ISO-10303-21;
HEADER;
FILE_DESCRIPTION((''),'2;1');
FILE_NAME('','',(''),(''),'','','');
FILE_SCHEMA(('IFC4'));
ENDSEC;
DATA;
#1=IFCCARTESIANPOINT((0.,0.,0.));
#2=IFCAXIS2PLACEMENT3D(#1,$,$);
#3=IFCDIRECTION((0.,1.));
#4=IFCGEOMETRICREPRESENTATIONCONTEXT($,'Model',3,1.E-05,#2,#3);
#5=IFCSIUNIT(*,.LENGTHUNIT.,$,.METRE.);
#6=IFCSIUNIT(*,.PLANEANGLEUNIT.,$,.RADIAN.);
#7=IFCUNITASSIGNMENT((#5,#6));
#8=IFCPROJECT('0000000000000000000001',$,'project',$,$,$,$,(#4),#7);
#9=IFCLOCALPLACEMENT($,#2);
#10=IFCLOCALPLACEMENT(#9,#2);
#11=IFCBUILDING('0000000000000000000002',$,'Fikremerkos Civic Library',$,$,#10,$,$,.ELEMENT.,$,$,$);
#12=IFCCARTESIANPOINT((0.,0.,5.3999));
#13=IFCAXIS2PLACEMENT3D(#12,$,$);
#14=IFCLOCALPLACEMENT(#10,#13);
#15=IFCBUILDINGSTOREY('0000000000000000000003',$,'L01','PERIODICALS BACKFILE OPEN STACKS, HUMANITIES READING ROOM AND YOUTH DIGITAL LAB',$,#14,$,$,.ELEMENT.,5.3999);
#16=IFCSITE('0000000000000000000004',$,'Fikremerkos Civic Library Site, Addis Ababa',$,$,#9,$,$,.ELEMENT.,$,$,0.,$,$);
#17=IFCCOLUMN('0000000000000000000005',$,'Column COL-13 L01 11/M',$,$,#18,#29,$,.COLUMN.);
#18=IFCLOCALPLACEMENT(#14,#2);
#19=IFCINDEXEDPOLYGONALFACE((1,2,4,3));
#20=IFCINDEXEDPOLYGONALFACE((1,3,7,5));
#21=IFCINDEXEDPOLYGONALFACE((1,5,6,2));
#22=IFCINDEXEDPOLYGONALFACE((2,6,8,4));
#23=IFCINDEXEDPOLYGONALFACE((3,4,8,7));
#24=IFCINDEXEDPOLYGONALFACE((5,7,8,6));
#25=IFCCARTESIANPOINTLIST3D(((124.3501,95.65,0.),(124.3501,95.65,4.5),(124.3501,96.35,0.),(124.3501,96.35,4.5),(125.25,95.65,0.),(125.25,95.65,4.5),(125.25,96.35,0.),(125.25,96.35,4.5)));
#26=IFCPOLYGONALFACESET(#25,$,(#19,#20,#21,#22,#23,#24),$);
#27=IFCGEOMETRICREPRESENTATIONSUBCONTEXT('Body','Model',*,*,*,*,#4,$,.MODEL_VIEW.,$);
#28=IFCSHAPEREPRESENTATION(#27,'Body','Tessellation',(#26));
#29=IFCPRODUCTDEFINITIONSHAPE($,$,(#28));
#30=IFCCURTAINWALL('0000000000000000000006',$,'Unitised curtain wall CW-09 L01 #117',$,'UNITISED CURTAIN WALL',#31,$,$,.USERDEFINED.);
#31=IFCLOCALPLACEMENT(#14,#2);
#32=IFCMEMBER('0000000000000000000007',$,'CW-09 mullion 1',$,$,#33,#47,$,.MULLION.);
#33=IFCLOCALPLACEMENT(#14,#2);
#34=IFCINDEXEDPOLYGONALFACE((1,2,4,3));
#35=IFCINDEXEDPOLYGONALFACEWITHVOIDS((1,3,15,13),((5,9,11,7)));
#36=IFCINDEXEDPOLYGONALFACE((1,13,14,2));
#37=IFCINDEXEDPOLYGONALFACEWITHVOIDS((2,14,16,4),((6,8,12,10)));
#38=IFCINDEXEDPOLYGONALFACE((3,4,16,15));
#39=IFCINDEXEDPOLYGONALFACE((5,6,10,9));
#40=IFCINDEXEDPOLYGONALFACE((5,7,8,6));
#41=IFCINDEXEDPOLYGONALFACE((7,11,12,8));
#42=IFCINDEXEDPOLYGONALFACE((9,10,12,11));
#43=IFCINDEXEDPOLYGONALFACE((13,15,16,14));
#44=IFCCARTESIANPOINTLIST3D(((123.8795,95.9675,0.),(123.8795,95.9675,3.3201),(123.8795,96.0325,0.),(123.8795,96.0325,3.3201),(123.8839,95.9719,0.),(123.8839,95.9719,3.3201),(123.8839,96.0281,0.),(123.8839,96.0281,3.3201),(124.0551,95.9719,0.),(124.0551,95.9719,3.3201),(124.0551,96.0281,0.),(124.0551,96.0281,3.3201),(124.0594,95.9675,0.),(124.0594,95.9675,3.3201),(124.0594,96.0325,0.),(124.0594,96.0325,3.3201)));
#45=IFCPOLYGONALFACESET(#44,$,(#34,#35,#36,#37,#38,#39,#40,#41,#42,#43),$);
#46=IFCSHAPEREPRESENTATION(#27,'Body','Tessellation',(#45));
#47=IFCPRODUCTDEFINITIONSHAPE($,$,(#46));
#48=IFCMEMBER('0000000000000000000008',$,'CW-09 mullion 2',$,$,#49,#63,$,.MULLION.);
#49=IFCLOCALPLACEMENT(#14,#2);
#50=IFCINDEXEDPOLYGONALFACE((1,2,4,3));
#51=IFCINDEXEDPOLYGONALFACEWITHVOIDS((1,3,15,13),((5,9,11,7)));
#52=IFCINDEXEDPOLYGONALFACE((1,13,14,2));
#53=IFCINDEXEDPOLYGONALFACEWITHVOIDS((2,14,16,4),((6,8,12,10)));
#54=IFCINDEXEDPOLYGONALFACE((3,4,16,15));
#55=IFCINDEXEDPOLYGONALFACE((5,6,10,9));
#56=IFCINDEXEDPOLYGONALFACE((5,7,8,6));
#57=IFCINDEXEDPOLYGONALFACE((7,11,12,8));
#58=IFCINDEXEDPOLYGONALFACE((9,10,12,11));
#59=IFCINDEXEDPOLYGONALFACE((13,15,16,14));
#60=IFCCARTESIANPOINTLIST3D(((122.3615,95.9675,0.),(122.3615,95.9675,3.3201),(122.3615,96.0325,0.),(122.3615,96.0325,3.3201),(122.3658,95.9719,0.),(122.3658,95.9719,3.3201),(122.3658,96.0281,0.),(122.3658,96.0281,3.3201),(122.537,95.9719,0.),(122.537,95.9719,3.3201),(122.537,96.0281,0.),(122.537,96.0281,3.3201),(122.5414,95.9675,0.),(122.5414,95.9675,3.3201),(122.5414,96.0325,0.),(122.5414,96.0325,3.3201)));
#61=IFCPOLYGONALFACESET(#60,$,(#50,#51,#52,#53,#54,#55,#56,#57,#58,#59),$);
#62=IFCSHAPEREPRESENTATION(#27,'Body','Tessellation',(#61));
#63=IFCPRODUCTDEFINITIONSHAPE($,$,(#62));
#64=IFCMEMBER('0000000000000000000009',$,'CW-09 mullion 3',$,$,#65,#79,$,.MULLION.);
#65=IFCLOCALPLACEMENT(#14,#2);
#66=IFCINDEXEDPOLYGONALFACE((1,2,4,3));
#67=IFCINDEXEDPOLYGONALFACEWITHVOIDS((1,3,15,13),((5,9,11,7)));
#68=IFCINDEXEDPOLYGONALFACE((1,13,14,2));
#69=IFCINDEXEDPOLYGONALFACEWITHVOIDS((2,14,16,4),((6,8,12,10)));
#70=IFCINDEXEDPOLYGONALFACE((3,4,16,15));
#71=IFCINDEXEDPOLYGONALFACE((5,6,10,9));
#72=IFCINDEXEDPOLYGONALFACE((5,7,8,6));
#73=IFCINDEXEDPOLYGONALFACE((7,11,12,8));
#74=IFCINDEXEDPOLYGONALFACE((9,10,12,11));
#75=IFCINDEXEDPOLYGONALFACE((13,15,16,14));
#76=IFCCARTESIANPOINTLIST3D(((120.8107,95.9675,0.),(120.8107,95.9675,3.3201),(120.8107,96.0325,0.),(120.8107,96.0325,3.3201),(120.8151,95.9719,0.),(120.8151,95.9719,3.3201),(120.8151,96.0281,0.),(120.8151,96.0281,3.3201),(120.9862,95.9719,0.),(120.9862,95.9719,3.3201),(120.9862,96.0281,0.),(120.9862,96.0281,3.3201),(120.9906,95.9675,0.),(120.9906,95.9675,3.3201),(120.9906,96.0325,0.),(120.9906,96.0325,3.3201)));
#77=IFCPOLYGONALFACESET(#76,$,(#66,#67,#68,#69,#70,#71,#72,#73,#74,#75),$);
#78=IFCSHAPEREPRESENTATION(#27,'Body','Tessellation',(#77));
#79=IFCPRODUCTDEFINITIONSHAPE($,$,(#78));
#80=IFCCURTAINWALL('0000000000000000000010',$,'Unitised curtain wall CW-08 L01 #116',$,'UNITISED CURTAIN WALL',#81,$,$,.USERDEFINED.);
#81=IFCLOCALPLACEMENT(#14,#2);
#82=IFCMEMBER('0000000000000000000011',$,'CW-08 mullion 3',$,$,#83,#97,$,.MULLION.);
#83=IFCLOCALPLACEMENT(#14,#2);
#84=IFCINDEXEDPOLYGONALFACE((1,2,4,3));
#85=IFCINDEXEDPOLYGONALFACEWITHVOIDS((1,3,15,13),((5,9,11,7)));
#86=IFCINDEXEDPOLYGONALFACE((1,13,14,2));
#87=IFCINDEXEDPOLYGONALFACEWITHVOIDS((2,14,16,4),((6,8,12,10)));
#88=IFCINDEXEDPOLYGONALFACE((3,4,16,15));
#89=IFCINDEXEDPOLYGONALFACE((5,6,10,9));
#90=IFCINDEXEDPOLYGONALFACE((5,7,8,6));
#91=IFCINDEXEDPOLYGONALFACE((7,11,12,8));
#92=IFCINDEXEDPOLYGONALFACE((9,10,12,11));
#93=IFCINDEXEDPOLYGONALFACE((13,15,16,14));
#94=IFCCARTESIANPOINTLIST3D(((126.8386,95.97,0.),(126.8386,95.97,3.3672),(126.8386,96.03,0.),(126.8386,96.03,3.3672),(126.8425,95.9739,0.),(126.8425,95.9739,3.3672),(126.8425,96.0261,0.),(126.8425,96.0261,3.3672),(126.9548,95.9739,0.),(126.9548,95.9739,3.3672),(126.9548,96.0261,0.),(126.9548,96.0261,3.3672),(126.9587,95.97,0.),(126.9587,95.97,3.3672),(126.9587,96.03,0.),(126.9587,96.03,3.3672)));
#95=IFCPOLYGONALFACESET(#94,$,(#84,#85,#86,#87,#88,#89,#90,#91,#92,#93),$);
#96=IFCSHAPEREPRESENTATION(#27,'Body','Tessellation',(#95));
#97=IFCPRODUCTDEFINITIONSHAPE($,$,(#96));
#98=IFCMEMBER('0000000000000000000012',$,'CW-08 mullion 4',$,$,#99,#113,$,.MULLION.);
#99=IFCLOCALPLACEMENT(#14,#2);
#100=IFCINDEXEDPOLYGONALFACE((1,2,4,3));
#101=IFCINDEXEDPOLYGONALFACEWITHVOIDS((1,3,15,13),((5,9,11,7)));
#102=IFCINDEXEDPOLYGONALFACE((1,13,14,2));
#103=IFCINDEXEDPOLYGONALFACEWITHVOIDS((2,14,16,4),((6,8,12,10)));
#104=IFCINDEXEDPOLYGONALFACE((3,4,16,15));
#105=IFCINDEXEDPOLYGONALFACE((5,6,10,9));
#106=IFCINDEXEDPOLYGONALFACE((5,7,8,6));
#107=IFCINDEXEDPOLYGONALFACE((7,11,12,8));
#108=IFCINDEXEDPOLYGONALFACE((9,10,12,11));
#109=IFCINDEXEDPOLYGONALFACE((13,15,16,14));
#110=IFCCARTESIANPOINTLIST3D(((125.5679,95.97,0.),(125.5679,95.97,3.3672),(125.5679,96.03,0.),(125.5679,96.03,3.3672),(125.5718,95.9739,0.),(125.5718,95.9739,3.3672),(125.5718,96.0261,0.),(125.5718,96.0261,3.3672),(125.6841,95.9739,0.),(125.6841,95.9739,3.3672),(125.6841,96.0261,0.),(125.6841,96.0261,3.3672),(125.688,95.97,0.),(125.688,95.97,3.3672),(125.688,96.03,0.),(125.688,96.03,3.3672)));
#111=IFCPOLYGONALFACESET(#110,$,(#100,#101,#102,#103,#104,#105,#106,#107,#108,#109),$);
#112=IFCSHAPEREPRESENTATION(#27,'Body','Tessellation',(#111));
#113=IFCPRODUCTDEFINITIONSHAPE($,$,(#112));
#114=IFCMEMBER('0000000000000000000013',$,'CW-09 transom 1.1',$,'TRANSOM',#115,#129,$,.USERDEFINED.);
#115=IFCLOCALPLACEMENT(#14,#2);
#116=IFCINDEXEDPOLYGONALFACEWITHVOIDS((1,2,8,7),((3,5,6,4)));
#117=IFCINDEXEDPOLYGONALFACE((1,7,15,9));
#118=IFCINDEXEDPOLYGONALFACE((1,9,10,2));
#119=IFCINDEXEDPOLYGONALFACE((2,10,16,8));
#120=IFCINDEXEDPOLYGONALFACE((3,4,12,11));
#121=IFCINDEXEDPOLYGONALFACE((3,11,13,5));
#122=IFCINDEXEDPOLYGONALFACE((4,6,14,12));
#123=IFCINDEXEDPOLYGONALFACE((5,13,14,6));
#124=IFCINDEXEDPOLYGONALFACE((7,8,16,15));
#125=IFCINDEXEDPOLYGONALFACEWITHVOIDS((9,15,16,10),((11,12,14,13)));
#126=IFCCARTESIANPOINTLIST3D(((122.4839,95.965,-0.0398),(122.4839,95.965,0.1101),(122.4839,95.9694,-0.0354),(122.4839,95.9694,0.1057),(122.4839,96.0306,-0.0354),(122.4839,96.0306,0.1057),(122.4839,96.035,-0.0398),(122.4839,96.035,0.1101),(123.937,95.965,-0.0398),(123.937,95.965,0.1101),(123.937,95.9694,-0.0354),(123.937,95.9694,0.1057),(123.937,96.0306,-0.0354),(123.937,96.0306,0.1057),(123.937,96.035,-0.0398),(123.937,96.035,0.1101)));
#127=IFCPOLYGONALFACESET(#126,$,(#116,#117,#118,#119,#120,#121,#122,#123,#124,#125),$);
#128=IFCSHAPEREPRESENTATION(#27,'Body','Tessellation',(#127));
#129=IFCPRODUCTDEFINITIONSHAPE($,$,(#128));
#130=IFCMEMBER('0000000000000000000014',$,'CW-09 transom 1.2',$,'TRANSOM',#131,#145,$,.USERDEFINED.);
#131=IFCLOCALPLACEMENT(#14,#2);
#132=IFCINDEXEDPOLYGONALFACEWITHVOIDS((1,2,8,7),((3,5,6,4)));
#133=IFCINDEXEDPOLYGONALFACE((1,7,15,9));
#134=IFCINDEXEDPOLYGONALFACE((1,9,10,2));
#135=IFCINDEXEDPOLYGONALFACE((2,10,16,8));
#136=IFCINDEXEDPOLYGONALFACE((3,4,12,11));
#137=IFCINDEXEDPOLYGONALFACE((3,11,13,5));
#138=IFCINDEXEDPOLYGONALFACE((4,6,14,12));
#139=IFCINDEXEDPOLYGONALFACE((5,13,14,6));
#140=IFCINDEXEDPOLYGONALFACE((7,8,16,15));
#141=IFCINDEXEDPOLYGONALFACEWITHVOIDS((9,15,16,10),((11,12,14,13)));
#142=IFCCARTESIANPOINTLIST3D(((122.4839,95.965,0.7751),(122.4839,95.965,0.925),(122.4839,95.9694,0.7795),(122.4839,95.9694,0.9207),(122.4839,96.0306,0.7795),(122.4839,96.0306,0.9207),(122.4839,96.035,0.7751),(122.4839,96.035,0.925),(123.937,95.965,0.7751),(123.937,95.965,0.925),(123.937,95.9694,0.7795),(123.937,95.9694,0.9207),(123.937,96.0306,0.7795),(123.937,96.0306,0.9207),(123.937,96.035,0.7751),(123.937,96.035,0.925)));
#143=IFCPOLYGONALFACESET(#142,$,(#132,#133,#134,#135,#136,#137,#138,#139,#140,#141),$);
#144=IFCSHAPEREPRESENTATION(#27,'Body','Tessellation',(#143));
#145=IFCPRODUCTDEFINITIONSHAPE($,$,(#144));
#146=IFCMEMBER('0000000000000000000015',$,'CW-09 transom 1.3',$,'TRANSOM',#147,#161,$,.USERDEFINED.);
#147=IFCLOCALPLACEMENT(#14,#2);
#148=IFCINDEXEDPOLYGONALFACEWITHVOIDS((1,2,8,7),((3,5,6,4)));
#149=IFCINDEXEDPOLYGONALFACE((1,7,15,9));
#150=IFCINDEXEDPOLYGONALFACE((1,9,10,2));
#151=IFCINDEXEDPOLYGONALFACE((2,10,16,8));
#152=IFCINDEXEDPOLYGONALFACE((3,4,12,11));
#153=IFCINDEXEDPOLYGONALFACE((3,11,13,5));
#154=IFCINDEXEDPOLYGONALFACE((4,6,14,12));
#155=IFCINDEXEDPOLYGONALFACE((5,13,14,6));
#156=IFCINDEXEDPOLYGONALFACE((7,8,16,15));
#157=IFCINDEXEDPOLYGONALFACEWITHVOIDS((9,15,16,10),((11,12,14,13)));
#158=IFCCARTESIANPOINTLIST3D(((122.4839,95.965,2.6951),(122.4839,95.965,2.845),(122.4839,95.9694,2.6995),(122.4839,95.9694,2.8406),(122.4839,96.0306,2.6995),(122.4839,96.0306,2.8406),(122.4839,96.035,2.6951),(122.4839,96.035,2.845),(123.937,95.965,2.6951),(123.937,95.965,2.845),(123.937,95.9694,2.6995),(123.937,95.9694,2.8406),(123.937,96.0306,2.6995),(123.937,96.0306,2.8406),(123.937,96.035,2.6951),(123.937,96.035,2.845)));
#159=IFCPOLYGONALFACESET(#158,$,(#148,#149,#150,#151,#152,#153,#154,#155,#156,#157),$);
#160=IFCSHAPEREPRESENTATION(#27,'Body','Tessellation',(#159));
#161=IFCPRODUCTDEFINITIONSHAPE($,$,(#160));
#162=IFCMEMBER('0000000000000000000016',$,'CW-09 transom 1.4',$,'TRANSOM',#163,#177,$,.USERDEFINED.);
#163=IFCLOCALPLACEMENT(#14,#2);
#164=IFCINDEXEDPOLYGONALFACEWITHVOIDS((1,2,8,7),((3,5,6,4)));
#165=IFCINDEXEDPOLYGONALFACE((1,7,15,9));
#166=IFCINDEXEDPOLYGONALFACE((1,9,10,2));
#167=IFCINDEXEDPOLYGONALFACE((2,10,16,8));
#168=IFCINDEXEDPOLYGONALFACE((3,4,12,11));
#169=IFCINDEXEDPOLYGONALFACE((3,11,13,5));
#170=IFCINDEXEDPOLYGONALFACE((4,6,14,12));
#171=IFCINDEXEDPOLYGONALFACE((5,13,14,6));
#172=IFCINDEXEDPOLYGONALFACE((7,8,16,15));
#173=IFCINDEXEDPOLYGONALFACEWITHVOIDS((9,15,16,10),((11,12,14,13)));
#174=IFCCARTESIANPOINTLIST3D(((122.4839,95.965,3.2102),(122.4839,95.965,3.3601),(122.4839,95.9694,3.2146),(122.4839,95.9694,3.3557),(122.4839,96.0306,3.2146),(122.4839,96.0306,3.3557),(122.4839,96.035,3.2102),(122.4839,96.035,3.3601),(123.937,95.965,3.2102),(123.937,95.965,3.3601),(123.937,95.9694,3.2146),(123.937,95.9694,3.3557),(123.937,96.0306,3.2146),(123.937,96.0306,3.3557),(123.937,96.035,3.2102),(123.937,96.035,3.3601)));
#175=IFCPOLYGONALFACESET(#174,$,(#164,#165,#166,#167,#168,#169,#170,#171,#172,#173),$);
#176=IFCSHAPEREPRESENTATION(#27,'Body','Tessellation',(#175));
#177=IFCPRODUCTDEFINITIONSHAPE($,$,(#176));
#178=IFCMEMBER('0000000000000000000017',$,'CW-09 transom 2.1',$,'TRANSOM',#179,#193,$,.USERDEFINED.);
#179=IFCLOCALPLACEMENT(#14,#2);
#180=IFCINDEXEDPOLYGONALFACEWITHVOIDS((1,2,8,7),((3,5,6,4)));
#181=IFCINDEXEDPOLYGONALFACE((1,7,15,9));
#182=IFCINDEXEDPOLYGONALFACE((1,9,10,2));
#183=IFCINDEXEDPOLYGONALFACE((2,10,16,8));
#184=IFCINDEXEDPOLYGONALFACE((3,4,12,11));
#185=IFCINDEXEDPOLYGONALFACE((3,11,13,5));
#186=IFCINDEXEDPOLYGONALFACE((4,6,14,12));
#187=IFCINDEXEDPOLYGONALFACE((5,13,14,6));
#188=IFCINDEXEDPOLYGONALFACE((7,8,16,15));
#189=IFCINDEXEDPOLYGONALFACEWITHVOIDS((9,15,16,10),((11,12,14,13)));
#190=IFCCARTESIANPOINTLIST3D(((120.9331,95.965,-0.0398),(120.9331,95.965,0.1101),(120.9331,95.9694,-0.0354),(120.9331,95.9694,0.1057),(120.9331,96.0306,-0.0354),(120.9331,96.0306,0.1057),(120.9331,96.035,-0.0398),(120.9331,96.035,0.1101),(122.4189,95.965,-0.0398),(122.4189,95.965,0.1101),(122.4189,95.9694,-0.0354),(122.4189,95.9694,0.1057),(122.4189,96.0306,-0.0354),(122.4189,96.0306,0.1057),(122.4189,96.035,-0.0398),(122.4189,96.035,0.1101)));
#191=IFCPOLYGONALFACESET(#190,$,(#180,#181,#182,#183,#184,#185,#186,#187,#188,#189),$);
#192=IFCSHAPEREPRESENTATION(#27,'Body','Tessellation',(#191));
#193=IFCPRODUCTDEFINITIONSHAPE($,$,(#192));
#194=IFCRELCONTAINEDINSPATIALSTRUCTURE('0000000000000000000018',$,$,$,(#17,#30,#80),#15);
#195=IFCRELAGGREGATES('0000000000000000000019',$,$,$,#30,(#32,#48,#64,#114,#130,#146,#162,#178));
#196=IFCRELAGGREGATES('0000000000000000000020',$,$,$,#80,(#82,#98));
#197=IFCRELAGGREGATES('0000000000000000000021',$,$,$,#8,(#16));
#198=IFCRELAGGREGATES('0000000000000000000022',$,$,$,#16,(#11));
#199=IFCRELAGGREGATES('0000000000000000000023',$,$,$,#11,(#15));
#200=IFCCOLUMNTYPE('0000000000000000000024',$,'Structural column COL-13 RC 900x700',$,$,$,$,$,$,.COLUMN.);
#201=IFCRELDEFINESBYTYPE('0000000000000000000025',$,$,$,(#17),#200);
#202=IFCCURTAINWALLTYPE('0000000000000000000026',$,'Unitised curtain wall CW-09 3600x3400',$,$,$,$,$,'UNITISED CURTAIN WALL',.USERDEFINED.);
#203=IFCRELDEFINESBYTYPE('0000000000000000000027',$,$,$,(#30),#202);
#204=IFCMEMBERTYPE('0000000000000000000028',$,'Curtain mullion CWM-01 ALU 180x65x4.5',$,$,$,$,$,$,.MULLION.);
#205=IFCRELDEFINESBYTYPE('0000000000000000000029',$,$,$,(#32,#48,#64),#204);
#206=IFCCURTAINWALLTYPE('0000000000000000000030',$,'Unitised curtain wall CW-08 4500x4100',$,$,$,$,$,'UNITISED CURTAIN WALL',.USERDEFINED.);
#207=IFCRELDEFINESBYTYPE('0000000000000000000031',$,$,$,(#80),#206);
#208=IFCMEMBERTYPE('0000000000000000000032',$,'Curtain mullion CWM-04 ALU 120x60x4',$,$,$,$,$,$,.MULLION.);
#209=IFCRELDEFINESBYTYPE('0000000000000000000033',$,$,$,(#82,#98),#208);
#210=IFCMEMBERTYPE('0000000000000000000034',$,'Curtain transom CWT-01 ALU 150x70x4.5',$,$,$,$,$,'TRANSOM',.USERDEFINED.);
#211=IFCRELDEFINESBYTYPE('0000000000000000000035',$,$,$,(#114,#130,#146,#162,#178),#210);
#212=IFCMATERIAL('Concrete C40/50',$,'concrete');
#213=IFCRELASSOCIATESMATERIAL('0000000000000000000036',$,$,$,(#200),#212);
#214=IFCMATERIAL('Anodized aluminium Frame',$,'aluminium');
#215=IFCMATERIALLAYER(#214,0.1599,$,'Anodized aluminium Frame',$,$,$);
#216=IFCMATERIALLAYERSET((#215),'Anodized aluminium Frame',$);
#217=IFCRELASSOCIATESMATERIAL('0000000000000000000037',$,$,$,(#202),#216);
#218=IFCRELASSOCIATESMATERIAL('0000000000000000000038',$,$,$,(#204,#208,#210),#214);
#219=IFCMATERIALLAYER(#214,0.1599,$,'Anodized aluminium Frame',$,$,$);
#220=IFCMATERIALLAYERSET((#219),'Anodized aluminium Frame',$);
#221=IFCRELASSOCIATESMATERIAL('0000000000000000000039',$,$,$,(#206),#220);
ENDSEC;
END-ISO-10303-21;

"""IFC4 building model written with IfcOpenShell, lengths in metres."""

from ifc_helpers import new_model, si_unit, direction, frame, origin, origin_2d, place, context, subcontext, project, spatial, rectangle, hollow_rectangle, extrude, material, layer, layer_set, material_profile, profile_set, type_object, element, aggregate, save


model = new_model("IFC4")

# Units and contexts
model_context = context("Model", 3, precision=1e-05, world=origin(), true_north=direction((0.0, 1.0)))
body_context = subcontext(model_context, "Body", "Model", "MODEL_VIEW")
ifc_project = project(units=[si_unit("LENGTHUNIT", "METRE"), si_unit("PLANEANGLEUNIT", "RADIAN")], contexts=[model_context])

# Site, building, storey
site_placement = place(None, origin())
site = spatial("IfcSite", under=ifc_project, at=site_placement, Name="Fikremerkos Civic Library Site, Addis Ababa", CompositionType="ELEMENT", RefElevation=0.0)
building_placement = place(site_placement, origin())
building = spatial("IfcBuilding", under=site, at=building_placement, Name="Fikremerkos Civic Library", CompositionType="ELEMENT")
storey_placement = place(building_placement, frame((0.0, 0.0, 5.3999)))
storey = spatial("IfcBuildingStorey", under=building, at=storey_placement, Name="L01", Description="PERIODICALS BACKFILE OPEN STACKS, HUMANITIES READING ROOM AND YOUTH DIGITAL LAB", CompositionType="ELEMENT", Elevation=5.3999)

# Column
ifc_material_1 = material(Name="Concrete C40/50", Category="concrete")
ifc_material_profile_1 = material_profile(ifc_material_1, rectangle(XDim=0.8999, YDim=0.7, at=origin_2d()), Name="RC 900x700")
ifc_profile_set_1 = profile_set([ifc_material_profile_1], Name="Concrete C40/50")
column_type = type_object("IfcColumnType", Name="Structural column COL-13 RC 900x700", PredefinedType="COLUMN", material=ifc_profile_set_1)
column_placement = place(storey_placement, frame((124.8, 96.0, 0.0), z_axis=(0.0, 0.0, 1.0), x_axis=(1.0, 0.0, 0.0)))
element("IfcColumn", 1, at=column_placement, inside=storey, type_object=column_type, Name="Column COL-13 L01 11/M", PredefinedType="COLUMN", context=body_context, shape_type="SweptSolid", body=[
    extrude(rectangle(XDim=0.8999, YDim=0.7, at=origin_2d()), origin(), (0.0, 0.0, 1.0), 4.5),
])

# Curtain walls, members
ifc_material_2 = material(Name="Anodized aluminium Frame", Category="aluminium")
ifc_layer_1 = layer(ifc_material_2, 0.1599, Name="Anodized aluminium Frame")
ifc_layer_set_1 = layer_set([ifc_layer_1], Name="Anodized aluminium Frame")
curtain_wall_type_1 = type_object("IfcCurtainWallType", Name="Unitised curtain wall CW-09 3600x3400", ElementType="UNITISED CURTAIN WALL", PredefinedType="USERDEFINED", material=ifc_layer_set_1)
curtain_wall_1_placement = place(storey_placement, origin())
curtain_wall_1 = element("IfcCurtainWall", 2, at=curtain_wall_1_placement, inside=storey, type_object=curtain_wall_type_1, Name="Unitised curtain wall CW-09 L01 #117", ObjectType="UNITISED CURTAIN WALL", PredefinedType="USERDEFINED")
ifc_material_profile_2 = material_profile(ifc_material_2, hollow_rectangle(XDim=0.0649, YDim=0.1799, WallThickness=0.0044, at=origin_2d()), Name="ALU 180x65x4.5")
ifc_profile_set_2 = profile_set([ifc_material_profile_2], Name="Anodized aluminium Frame")
member_type_1 = type_object("IfcMemberType", Name="Curtain mullion CWM-01 ALU 180x65x4.5", PredefinedType="MULLION", material=ifc_profile_set_2)
member_1_placement = place(storey_placement, frame((123.9695, 96.0, 0.0), z_axis=(0.0, 0.0, 1.0), x_axis=(0.0, -1.0, 0.0)))
member_1 = element("IfcMember", 3, at=member_1_placement, type_object=member_type_1, Name="CW-09 mullion 1", PredefinedType="MULLION", context=body_context, shape_type="SweptSolid", body=[
    extrude(hollow_rectangle(XDim=0.0649, YDim=0.1799, WallThickness=0.0044, at=origin_2d()), origin(), (0.0, 0.0, 1.0), 3.3201),
])
member_2_placement = place(storey_placement, frame((122.4514, 96.0, 0.0), z_axis=(0.0, 0.0, 1.0), x_axis=(0.0, -1.0, 0.0)))
member_2 = element("IfcMember", 4, at=member_2_placement, type_object=member_type_1, Name="CW-09 mullion 2", PredefinedType="MULLION", context=body_context, shape_type="SweptSolid", body=[
    extrude(hollow_rectangle(XDim=0.0649, YDim=0.1799, WallThickness=0.0044, at=origin_2d()), origin(), (0.0, 0.0, 1.0), 3.3201),
])
member_3_placement = place(storey_placement, frame((120.9006, 96.0, 0.0), z_axis=(0.0, 0.0, 1.0), x_axis=(0.0, -1.0, 0.0)))
member_3 = element("IfcMember", 5, at=member_3_placement, type_object=member_type_1, Name="CW-09 mullion 3", PredefinedType="MULLION", context=body_context, shape_type="SweptSolid", body=[
    extrude(hollow_rectangle(XDim=0.0649, YDim=0.1799, WallThickness=0.0044, at=origin_2d()), origin(), (0.0, 0.0, 1.0), 3.3201),
])
ifc_layer_2 = layer(ifc_material_2, 0.1599, Name="Anodized aluminium Frame")
ifc_layer_set_2 = layer_set([ifc_layer_2], Name="Anodized aluminium Frame")
curtain_wall_type_2 = type_object("IfcCurtainWallType", Name="Unitised curtain wall CW-08 4500x4100", ElementType="UNITISED CURTAIN WALL", PredefinedType="USERDEFINED", material=ifc_layer_set_2)
curtain_wall_2_placement = place(storey_placement, origin())
curtain_wall_2 = element("IfcCurtainWall", 6, at=curtain_wall_2_placement, inside=storey, type_object=curtain_wall_type_2, Name="Unitised curtain wall CW-08 L01 #116", ObjectType="UNITISED CURTAIN WALL", PredefinedType="USERDEFINED")
ifc_material_profile_3 = material_profile(ifc_material_2, hollow_rectangle(XDim=0.0601, YDim=0.1201, WallThickness=0.0039, at=origin_2d()), Name="ALU 120x60x4")
ifc_profile_set_3 = profile_set([ifc_material_profile_3], Name="Anodized aluminium Frame")
member_type_2 = type_object("IfcMemberType", Name="Curtain mullion CWM-04 ALU 120x60x4", PredefinedType="MULLION", material=ifc_profile_set_3)
member_4_placement = place(storey_placement, frame((126.8987, 96.0, 0.0), z_axis=(0.0, 0.0, 1.0), x_axis=(0.0, -1.0, 0.0)))
member_4 = element("IfcMember", 7, at=member_4_placement, type_object=member_type_2, Name="CW-08 mullion 3", PredefinedType="MULLION", context=body_context, shape_type="SweptSolid", body=[
    extrude(hollow_rectangle(XDim=0.0601, YDim=0.1201, WallThickness=0.0039, at=origin_2d()), origin(), (0.0, 0.0, 1.0), 3.3672),
])
member_5_placement = place(storey_placement, frame((125.6279, 96.0, 0.0), z_axis=(0.0, 0.0, 1.0), x_axis=(0.0, -1.0, 0.0)))
member_5 = element("IfcMember", 8, at=member_5_placement, type_object=member_type_2, Name="CW-08 mullion 4", PredefinedType="MULLION", context=body_context, shape_type="SweptSolid", body=[
    extrude(hollow_rectangle(XDim=0.0601, YDim=0.1201, WallThickness=0.0039, at=origin_2d()), origin(), (0.0, 0.0, 1.0), 3.3672),
])

# Members
ifc_material_profile_4 = material_profile(ifc_material_2, hollow_rectangle(XDim=0.0701, YDim=0.1499, WallThickness=0.0044, at=origin_2d()), Name="ALU 150x70x4.5")
ifc_profile_set_4 = profile_set([ifc_material_profile_4], Name="Anodized aluminium Frame")
member_type_3 = type_object("IfcMemberType", Name="Curtain transom CWT-01 ALU 150x70x4.5", ElementType="TRANSOM", PredefinedType="USERDEFINED", material=ifc_profile_set_4)
member_6_placement = place(storey_placement, frame((123.937, 96.0, 0.0352), z_axis=(-1.0, 0.0, 0.0), x_axis=(0.0, -1.0, 0.0)))
member_6 = element("IfcMember", 9, at=member_6_placement, type_object=member_type_3, Name="CW-09 transom 1.1", ObjectType="TRANSOM", PredefinedType="USERDEFINED", context=body_context, shape_type="SweptSolid", body=[
    extrude(hollow_rectangle(XDim=0.0701, YDim=0.1499, WallThickness=0.0044, at=origin_2d()), origin(), (0.0, 0.0, 1.0), 1.4531),
])
member_7_placement = place(storey_placement, frame((123.937, 96.0, 0.8501), z_axis=(-1.0, 0.0, 0.0), x_axis=(0.0, -1.0, 0.0)))
member_7 = element("IfcMember", 10, at=member_7_placement, type_object=member_type_3, Name="CW-09 transom 1.2", ObjectType="TRANSOM", PredefinedType="USERDEFINED", context=body_context, shape_type="SweptSolid", body=[
    extrude(hollow_rectangle(XDim=0.0701, YDim=0.1499, WallThickness=0.0044, at=origin_2d()), origin(), (0.0, 0.0, 1.0), 1.4531),
])
member_8_placement = place(storey_placement, frame((123.937, 96.0, 2.77), z_axis=(-1.0, 0.0, 0.0), x_axis=(0.0, -1.0, 0.0)))
member_8 = element("IfcMember", 11, at=member_8_placement, type_object=member_type_3, Name="CW-09 transom 1.3", ObjectType="TRANSOM", PredefinedType="USERDEFINED", context=body_context, shape_type="SweptSolid", body=[
    extrude(hollow_rectangle(XDim=0.0701, YDim=0.1499, WallThickness=0.0044, at=origin_2d()), origin(), (0.0, 0.0, 1.0), 1.4531),
])
member_9_placement = place(storey_placement, frame((123.937, 96.0, 3.2852), z_axis=(-1.0, 0.0, 0.0), x_axis=(0.0, -1.0, 0.0)))
member_9 = element("IfcMember", 12, at=member_9_placement, type_object=member_type_3, Name="CW-09 transom 1.4", ObjectType="TRANSOM", PredefinedType="USERDEFINED", context=body_context, shape_type="SweptSolid", body=[
    extrude(hollow_rectangle(XDim=0.0701, YDim=0.1499, WallThickness=0.0044, at=origin_2d()), origin(), (0.0, 0.0, 1.0), 1.4531),
])
member_10_placement = place(storey_placement, frame((122.4189, 96.0, 0.0352), z_axis=(-1.0, 0.0, 0.0), x_axis=(0.0, -1.0, 0.0)))
member_10 = element("IfcMember", 13, at=member_10_placement, type_object=member_type_3, Name="CW-09 transom 2.1", ObjectType="TRANSOM", PredefinedType="USERDEFINED", context=body_context, shape_type="SweptSolid", body=[
    extrude(hollow_rectangle(XDim=0.0701, YDim=0.1499, WallThickness=0.0044, at=origin_2d()), origin(), (0.0, 0.0, 1.0), 1.4858),
])

aggregate(curtain_wall_1, [member_1, member_2, member_3, member_6, member_7, member_8, member_9, member_10])
aggregate(curtain_wall_2, [member_4, member_5])

save(model, "model.ifc")
